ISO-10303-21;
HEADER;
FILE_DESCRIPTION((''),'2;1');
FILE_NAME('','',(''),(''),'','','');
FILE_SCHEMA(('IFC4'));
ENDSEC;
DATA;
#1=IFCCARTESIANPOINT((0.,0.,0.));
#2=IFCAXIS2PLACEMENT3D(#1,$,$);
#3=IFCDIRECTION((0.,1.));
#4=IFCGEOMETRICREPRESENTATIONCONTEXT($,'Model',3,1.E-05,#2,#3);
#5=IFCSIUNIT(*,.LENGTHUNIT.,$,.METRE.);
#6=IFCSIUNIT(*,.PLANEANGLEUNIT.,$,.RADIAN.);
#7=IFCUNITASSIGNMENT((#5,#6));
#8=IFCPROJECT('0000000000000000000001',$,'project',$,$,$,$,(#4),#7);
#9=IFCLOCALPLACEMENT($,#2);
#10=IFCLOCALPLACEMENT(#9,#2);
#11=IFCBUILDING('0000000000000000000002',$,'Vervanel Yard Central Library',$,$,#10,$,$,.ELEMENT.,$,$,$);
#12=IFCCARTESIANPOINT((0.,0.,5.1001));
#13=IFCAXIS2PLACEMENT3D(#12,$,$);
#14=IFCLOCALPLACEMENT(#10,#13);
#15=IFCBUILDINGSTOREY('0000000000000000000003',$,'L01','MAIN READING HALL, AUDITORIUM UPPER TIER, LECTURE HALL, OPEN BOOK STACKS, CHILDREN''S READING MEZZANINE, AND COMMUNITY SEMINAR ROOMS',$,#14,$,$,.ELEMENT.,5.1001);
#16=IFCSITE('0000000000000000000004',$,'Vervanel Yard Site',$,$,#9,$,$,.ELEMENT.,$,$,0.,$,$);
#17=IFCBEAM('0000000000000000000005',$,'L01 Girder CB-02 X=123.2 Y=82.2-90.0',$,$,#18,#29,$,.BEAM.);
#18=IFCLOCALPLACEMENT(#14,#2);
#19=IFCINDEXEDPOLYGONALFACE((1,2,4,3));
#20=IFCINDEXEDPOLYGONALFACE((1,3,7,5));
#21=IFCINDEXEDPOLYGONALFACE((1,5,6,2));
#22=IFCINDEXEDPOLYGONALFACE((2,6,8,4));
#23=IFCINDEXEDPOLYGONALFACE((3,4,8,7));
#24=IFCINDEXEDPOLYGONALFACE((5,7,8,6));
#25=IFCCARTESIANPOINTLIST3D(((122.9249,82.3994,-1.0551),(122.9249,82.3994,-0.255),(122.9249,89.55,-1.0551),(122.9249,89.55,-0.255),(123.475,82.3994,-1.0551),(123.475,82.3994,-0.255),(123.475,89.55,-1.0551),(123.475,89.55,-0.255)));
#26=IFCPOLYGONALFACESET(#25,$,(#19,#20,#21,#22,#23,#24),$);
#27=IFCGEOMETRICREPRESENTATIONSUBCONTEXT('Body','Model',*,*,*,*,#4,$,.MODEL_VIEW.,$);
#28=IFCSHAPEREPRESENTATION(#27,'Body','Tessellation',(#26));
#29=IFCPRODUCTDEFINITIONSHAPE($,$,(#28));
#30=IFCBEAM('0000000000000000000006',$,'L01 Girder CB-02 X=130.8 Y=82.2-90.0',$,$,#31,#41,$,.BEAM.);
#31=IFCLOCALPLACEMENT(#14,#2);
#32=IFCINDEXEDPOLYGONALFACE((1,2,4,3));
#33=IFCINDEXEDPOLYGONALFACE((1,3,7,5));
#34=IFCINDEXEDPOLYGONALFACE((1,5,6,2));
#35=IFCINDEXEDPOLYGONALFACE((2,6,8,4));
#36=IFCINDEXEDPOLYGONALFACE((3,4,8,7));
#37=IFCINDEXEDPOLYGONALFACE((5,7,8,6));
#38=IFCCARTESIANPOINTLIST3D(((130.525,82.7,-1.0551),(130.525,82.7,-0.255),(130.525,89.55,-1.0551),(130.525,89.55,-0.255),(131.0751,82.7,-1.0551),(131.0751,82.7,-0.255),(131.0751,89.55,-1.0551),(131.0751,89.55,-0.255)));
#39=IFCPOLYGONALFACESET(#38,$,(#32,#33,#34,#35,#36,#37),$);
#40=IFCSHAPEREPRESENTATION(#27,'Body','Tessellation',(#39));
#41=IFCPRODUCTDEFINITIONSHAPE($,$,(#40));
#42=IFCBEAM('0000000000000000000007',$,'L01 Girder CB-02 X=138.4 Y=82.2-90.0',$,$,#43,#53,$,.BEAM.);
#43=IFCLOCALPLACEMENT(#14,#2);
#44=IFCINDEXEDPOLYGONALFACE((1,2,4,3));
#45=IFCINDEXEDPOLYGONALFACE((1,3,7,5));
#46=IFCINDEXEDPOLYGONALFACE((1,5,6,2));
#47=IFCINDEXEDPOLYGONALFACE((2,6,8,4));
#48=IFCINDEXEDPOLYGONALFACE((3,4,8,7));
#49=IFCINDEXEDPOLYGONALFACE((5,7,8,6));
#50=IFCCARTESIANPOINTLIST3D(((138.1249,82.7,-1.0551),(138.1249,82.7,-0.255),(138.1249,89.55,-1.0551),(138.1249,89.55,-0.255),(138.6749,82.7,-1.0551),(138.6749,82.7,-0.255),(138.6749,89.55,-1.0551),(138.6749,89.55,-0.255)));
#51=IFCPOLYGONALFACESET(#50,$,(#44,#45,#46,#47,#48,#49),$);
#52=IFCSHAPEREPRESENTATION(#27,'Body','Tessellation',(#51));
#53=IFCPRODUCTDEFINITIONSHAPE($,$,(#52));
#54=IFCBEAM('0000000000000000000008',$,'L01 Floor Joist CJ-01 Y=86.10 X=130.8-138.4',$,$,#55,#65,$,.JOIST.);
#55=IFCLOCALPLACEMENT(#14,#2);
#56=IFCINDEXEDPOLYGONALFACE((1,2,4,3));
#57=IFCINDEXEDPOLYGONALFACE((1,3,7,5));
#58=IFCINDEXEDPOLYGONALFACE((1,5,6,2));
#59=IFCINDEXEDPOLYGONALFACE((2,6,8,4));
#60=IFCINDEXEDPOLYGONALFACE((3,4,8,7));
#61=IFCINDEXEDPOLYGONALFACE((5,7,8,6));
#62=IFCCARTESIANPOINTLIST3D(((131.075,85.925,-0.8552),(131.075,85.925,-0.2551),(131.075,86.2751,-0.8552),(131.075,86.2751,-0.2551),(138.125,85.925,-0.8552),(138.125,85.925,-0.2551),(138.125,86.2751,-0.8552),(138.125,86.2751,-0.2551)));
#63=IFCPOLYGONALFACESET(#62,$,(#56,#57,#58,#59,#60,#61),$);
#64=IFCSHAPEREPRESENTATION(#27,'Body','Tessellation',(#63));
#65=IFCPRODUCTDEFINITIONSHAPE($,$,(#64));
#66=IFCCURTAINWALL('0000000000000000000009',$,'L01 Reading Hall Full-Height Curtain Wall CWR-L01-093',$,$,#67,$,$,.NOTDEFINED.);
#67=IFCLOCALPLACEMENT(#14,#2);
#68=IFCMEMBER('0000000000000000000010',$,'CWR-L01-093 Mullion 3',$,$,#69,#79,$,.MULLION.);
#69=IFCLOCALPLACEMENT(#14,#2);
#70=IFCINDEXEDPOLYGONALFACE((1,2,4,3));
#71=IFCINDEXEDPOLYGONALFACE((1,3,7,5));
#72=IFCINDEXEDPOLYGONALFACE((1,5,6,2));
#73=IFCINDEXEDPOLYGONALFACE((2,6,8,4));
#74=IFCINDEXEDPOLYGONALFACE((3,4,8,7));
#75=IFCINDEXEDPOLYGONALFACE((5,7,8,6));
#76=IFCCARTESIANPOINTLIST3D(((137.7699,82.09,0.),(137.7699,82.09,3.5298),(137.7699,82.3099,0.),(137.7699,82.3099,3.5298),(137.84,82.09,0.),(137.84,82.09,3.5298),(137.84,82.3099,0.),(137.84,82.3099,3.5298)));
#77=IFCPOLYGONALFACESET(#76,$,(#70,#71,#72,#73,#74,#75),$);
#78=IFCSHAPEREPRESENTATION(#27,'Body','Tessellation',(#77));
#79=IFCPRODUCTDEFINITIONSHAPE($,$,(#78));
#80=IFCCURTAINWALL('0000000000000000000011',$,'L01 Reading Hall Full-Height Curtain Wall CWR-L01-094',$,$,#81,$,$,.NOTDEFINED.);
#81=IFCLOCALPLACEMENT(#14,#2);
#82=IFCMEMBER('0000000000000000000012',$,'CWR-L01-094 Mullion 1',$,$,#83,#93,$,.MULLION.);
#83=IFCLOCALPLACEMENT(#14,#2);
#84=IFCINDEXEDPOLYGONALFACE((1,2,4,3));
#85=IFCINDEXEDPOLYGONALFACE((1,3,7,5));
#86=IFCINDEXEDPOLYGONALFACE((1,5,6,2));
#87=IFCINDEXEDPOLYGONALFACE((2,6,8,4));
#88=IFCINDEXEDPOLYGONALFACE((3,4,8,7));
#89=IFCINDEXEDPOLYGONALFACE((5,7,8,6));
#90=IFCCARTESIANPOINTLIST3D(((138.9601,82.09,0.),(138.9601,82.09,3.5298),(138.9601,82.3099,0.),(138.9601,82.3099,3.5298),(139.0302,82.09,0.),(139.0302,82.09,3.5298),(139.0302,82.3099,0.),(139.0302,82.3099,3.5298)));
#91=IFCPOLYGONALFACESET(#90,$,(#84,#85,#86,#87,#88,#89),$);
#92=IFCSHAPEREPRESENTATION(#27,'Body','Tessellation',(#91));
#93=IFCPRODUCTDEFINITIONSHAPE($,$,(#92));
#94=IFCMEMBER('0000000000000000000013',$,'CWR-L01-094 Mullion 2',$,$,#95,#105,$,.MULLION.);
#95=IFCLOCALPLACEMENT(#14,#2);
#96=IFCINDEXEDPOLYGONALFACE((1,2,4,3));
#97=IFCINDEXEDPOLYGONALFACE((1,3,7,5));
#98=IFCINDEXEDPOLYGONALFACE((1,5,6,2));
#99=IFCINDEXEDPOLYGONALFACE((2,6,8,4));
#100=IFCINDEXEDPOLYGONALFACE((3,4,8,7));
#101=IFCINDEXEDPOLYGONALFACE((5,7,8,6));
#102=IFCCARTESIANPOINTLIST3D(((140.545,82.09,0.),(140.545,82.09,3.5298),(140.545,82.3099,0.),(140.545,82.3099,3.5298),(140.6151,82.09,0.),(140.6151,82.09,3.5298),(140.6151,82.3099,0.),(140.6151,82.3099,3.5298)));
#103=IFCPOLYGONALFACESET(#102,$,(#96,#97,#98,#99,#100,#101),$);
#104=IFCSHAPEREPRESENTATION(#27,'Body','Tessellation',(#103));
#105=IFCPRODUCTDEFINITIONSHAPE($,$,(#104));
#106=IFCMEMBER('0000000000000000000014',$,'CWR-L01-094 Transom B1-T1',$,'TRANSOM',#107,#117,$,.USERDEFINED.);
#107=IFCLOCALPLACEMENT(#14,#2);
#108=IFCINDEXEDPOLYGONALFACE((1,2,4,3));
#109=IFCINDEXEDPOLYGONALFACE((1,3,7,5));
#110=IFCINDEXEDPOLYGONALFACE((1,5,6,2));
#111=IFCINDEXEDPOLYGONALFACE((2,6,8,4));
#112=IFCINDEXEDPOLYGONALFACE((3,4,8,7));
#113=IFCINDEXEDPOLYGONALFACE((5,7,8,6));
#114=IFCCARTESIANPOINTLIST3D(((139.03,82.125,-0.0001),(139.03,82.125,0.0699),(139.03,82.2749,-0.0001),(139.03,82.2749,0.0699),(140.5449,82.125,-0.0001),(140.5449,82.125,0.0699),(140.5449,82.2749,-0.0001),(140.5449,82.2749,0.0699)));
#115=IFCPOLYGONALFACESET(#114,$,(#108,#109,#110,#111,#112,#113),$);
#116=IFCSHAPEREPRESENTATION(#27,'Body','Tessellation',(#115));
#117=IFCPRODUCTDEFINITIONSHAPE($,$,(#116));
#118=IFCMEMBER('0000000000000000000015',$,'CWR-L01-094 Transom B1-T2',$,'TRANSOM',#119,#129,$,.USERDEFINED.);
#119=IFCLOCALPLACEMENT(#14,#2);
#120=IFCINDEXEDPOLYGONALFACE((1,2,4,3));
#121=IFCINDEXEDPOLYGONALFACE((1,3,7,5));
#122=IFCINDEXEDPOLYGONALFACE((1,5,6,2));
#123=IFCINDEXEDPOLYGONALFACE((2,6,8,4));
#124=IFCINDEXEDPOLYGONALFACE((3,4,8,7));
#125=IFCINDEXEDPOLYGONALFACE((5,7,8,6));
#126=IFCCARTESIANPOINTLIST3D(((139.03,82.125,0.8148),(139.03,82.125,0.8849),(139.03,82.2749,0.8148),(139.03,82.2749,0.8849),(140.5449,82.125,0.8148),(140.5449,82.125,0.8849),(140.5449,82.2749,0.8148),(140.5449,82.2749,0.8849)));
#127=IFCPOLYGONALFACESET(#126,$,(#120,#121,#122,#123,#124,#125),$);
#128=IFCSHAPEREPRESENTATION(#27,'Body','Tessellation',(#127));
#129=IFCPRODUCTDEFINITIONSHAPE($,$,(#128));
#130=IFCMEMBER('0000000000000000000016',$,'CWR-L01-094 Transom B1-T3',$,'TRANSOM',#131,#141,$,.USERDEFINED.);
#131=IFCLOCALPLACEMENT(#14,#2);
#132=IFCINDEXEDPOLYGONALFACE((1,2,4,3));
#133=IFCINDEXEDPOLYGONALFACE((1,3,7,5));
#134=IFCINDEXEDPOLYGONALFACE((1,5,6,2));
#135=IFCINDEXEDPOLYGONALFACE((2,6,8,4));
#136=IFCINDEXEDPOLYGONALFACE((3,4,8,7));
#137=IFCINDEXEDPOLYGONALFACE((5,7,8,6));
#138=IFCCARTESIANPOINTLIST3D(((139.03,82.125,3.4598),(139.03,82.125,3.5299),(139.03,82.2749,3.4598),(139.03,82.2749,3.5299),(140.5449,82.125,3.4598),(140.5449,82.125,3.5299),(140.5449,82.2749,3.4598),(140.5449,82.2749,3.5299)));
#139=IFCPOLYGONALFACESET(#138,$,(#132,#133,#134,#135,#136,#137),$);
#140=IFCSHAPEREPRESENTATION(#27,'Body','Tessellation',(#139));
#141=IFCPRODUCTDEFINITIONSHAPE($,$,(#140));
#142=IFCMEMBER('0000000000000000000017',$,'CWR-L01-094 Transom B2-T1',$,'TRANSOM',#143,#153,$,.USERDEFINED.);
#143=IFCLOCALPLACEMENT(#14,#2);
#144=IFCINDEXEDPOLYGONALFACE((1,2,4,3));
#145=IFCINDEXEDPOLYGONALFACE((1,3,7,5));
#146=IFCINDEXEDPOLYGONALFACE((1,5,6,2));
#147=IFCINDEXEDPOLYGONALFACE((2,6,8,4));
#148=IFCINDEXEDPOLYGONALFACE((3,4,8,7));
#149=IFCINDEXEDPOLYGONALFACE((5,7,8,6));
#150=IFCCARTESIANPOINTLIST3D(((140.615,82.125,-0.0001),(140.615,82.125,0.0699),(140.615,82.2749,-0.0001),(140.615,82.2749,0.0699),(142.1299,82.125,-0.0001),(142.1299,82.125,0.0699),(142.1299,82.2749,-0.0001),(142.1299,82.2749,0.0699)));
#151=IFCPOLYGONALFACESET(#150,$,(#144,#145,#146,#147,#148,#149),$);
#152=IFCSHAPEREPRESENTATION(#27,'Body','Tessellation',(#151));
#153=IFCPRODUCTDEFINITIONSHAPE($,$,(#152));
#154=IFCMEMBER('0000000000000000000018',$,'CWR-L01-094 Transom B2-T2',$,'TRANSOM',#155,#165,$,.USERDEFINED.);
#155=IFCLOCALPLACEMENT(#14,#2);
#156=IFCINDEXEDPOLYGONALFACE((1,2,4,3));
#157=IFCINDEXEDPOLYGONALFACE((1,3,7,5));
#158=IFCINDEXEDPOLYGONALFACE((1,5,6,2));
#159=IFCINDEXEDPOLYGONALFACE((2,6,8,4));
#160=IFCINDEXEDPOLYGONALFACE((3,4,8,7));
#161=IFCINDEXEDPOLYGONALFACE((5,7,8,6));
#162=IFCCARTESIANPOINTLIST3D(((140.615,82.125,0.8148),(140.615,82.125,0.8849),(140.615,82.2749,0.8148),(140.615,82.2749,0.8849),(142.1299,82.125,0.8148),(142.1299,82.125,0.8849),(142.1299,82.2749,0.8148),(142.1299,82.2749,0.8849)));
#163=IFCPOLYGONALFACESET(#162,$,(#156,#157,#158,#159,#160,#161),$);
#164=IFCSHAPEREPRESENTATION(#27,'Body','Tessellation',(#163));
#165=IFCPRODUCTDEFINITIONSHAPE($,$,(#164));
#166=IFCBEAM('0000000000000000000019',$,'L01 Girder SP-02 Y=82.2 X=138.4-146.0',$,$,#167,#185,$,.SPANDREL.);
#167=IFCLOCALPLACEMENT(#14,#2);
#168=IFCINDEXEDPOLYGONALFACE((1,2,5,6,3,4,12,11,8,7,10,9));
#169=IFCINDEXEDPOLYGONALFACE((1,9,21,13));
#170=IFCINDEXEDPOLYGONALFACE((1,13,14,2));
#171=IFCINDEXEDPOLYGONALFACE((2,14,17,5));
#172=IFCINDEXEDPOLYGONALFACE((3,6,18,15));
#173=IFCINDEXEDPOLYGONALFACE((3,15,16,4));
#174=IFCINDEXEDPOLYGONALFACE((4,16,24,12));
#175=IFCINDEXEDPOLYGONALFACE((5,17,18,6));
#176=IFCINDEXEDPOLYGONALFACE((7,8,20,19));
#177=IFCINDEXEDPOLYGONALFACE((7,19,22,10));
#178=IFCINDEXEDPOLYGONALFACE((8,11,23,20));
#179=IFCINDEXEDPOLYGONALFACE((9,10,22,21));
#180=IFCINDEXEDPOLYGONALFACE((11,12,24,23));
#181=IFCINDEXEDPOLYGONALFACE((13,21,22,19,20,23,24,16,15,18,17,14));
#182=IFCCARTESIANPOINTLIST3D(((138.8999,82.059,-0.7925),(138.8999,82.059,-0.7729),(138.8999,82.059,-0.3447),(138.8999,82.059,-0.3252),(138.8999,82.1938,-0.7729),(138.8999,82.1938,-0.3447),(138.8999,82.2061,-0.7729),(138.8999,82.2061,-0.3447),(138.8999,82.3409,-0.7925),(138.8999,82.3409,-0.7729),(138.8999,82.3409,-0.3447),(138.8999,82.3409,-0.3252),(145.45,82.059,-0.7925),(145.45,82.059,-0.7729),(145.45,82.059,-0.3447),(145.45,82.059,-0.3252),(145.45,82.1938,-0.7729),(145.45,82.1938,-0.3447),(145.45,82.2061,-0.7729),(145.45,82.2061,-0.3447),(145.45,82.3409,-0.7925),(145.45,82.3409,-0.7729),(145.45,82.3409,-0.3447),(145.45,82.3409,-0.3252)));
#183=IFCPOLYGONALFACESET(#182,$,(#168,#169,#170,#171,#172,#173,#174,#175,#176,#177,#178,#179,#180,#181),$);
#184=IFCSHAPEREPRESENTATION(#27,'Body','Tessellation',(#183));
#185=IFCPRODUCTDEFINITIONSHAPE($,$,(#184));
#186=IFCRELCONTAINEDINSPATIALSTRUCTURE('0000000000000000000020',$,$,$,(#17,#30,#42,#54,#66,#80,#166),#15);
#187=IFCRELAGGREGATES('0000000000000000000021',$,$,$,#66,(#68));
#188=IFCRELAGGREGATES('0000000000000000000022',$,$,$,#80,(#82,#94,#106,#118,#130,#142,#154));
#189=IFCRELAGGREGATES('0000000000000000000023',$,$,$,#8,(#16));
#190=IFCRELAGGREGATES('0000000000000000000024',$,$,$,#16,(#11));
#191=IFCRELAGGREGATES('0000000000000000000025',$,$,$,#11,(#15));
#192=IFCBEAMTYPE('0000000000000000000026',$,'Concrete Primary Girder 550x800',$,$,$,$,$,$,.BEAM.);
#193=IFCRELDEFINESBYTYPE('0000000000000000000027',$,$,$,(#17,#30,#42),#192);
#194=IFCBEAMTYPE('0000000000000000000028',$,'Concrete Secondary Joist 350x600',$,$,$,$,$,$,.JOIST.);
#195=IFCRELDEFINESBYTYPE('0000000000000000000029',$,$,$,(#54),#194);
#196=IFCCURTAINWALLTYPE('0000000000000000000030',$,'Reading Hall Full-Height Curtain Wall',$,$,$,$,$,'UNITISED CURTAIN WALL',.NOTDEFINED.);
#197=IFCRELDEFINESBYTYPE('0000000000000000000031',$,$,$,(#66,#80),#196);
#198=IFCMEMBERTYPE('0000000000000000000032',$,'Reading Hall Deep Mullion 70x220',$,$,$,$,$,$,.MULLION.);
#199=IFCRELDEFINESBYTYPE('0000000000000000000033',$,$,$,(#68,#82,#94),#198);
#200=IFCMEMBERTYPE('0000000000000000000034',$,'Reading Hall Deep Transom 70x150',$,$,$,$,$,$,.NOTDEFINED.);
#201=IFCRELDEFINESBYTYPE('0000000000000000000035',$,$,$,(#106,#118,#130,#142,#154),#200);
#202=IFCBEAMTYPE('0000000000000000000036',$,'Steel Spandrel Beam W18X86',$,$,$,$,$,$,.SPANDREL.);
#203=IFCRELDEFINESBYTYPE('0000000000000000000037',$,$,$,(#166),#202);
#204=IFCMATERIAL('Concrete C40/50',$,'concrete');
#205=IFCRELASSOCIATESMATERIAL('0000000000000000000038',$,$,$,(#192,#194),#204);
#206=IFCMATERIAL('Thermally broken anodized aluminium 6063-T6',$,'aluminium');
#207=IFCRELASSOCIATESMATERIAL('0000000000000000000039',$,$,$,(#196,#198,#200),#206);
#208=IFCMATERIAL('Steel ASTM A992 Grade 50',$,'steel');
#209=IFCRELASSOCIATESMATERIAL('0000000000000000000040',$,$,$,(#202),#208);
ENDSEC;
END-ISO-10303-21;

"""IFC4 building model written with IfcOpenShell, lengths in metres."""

from ifc_helpers import new_model, si_unit, direction, frame, origin, origin_2d, place, context, subcontext, project, spatial, rectangle, i_section, extrude, material, material_profile, profile_set, type_object, element, aggregate, save


model = new_model("IFC4")

# Units and contexts
model_context = context("Model", 3, precision=1e-05, world=origin(), true_north=direction((0.0, 1.0)))
body_context = subcontext(model_context, "Body", "Model", "MODEL_VIEW")
ifc_project = project(units=[si_unit("LENGTHUNIT", "METRE"), si_unit("PLANEANGLEUNIT", "RADIAN")], contexts=[model_context])

# Site, building, storey
site_placement = place(None, origin())
site = spatial("IfcSite", under=ifc_project, at=site_placement, Name="Vervanel Yard Site", CompositionType="ELEMENT", RefElevation=0.0)
building_placement = place(site_placement, origin())
building = spatial("IfcBuilding", under=site, at=building_placement, Name="Vervanel Yard Central Library", CompositionType="ELEMENT")
storey_placement = place(building_placement, frame((0.0, 0.0, 5.1001)))
storey = spatial("IfcBuildingStorey", under=building, at=storey_placement, Name="L01", Description="MAIN READING HALL, AUDITORIUM UPPER TIER, LECTURE HALL, OPEN BOOK STACKS, CHILDREN'S READING MEZZANINE, AND COMMUNITY SEMINAR ROOMS", CompositionType="ELEMENT", Elevation=5.1001)

# Beams
ifc_material_1 = material(Name="Concrete C40/50", Category="concrete")
ifc_material_profile_1 = material_profile(ifc_material_1, rectangle(XDim=0.55, YDim=0.8, at=origin_2d()), Name="RC 550x800", Category="concrete")
ifc_profile_set_1 = profile_set([ifc_material_profile_1], Name="Concrete C40/50")
beam_type_1 = type_object("IfcBeamType", Name="Concrete Primary Girder 550x800", PredefinedType="BEAM", material=ifc_profile_set_1)
beam_1_placement = place(storey_placement, frame((123.2, 82.3994, -0.655), z_axis=(0.0, 1.0, 0.0), x_axis=(-1.0, 0.0, 0.0)))
element("IfcBeam", 1, at=beam_1_placement, inside=storey, type_object=beam_type_1, Name="L01 Girder CB-02 X=123.2 Y=82.2-90.0", PredefinedType="BEAM", context=body_context, shape_type="SweptSolid", body=[
    extrude(rectangle(XDim=0.55, YDim=0.8, at=origin_2d()), origin(), (0.0, 0.0, 1.0), 7.1506),
])
for number, where, z_axis, x_axis, name in (
    (2, (130.8, 82.7, -0.655), (0.0, 1.0, 0.0), (-1.0, 0.0, 0.0), "L01 Girder CB-02 X=130.8 Y=82.2-90.0"),
    (3, (138.3999, 82.7, -0.655), (0.0, 1.0, 0.0), (-1.0, 0.0, 0.0), "L01 Girder CB-02 X=138.4 Y=82.2-90.0"),
):
    element("IfcBeam", number, at=place(storey_placement, frame(where, z_axis=z_axis, x_axis=x_axis)), inside=storey, type_object=beam_type_1, Name=name, PredefinedType="BEAM", context=body_context, shape_type="SweptSolid", body=[
        extrude(rectangle(XDim=0.55, YDim=0.8, at=origin_2d()), origin(), (0.0, 0.0, 1.0), 6.8501),
    ])
ifc_material_profile_2 = material_profile(ifc_material_1, rectangle(XDim=0.3501, YDim=0.6001, at=origin_2d()), Name="RC 350x600", Category="concrete")
ifc_profile_set_2 = profile_set([ifc_material_profile_2], Name="Concrete C40/50")
beam_type_2 = type_object("IfcBeamType", Name="Concrete Secondary Joist 350x600", PredefinedType="JOIST", material=ifc_profile_set_2)
beam_2_placement = place(storey_placement, frame((131.075, 86.1001, -0.5552), z_axis=(1.0, 0.0, 0.0), x_axis=(0.0, 1.0, 0.0)))
element("IfcBeam", 4, at=beam_2_placement, inside=storey, type_object=beam_type_2, Name="L01 Floor Joist CJ-01 Y=86.10 X=130.8-138.4", PredefinedType="JOIST", context=body_context, shape_type="SweptSolid", body=[
    extrude(rectangle(XDim=0.3501, YDim=0.6001, at=origin_2d()), origin(), (0.0, 0.0, 1.0), 7.05),
])

# Curtain wall, member
ifc_material_2 = material(Name="Thermally broken anodized aluminium 6063-T6", Category="aluminium")
curtain_wall_type = type_object("IfcCurtainWallType", Name="Reading Hall Full-Height Curtain Wall", ElementType="UNITISED CURTAIN WALL", PredefinedType="NOTDEFINED", material=ifc_material_2)
curtain_wall_1_placement = place(storey_placement, origin())
curtain_wall_1 = element("IfcCurtainWall", 5, at=curtain_wall_1_placement, inside=storey, type_object=curtain_wall_type, Name="L01 Reading Hall Full-Height Curtain Wall CWR-L01-093", PredefinedType="NOTDEFINED")
ifc_material_profile_3 = material_profile(ifc_material_2, rectangle(XDim=0.0701, YDim=0.22, at=origin_2d()), Name="ALU 70x220", Category="aluminium")
ifc_profile_set_3 = profile_set([ifc_material_profile_3], Name="Thermally broken anodized aluminium 6063-T6")
member_type_1 = type_object("IfcMemberType", Name="Reading Hall Deep Mullion 70x220", PredefinedType="MULLION", material=ifc_profile_set_3)
member_1_placement = place(storey_placement, frame((137.8049, 82.2, 0.0), z_axis=(0.0, 0.0, 1.0), x_axis=(1.0, 0.0, 0.0)))
member_1 = element("IfcMember", 6, at=member_1_placement, type_object=member_type_1, Name="CWR-L01-093 Mullion 3", PredefinedType="MULLION", context=body_context, shape_type="SweptSolid", body=[
    extrude(rectangle(XDim=0.0701, YDim=0.22, at=origin_2d()), origin(), (0.0, 0.0, 1.0), 3.5298),
])

# Curtain wall, members
curtain_wall_2_placement = place(storey_placement, origin())
curtain_wall_2 = element("IfcCurtainWall", 7, at=curtain_wall_2_placement, inside=storey, type_object=curtain_wall_type, Name="L01 Reading Hall Full-Height Curtain Wall CWR-L01-094", PredefinedType="NOTDEFINED")
member_2_placement = place(storey_placement, frame((138.9951, 82.2, 0.0), z_axis=(0.0, 0.0, 1.0), x_axis=(1.0, 0.0, 0.0)))
member_2 = element("IfcMember", 8, at=member_2_placement, type_object=member_type_1, Name="CWR-L01-094 Mullion 1", PredefinedType="MULLION", context=body_context, shape_type="SweptSolid", body=[
    extrude(rectangle(XDim=0.0701, YDim=0.22, at=origin_2d()), origin(), (0.0, 0.0, 1.0), 3.5298),
])
member_3_placement = place(storey_placement, frame((140.5801, 82.2, 0.0), z_axis=(0.0, 0.0, 1.0), x_axis=(1.0, 0.0, 0.0)))
member_3 = element("IfcMember", 9, at=member_3_placement, type_object=member_type_1, Name="CWR-L01-094 Mullion 2", PredefinedType="MULLION", context=body_context, shape_type="SweptSolid", body=[
    extrude(rectangle(XDim=0.0701, YDim=0.22, at=origin_2d()), origin(), (0.0, 0.0, 1.0), 3.5298),
])
ifc_material_profile_4 = material_profile(ifc_material_2, rectangle(XDim=0.0701, YDim=0.1499, at=origin_2d()), Name="ALU 70x150", Category="aluminium")
ifc_profile_set_4 = profile_set([ifc_material_profile_4], Name="Thermally broken anodized aluminium 6063-T6")
member_type_2 = type_object("IfcMemberType", Name="Reading Hall Deep Transom 70x150", PredefinedType="NOTDEFINED", material=ifc_profile_set_4)
member_4_placement = place(storey_placement, frame((139.03, 82.2, 0.0349), z_axis=(1.0, 0.0, 0.0), x_axis=(0.0, 0.0, 1.0)))
member_4 = element("IfcMember", 10, at=member_4_placement, type_object=member_type_2, Name="CWR-L01-094 Transom B1-T1", ObjectType="TRANSOM", PredefinedType="USERDEFINED", context=body_context, shape_type="SweptSolid", body=[
    extrude(rectangle(XDim=0.0701, YDim=0.1499, at=origin_2d()), origin(), (0.0, 0.0, 1.0), 1.5149),
])
member_5_placement = place(storey_placement, frame((139.03, 82.2, 0.8499), z_axis=(1.0, 0.0, 0.0), x_axis=(0.0, 0.0, 1.0)))
member_5 = element("IfcMember", 11, at=member_5_placement, type_object=member_type_2, Name="CWR-L01-094 Transom B1-T2", ObjectType="TRANSOM", PredefinedType="USERDEFINED", context=body_context, shape_type="SweptSolid", body=[
    extrude(rectangle(XDim=0.0701, YDim=0.1499, at=origin_2d()), origin(), (0.0, 0.0, 1.0), 1.5149),
])
member_6_placement = place(storey_placement, frame((139.03, 82.2, 3.4949), z_axis=(1.0, 0.0, 0.0), x_axis=(0.0, 0.0, 1.0)))
member_6 = element("IfcMember", 12, at=member_6_placement, type_object=member_type_2, Name="CWR-L01-094 Transom B1-T3", ObjectType="TRANSOM", PredefinedType="USERDEFINED", context=body_context, shape_type="SweptSolid", body=[
    extrude(rectangle(XDim=0.0701, YDim=0.1499, at=origin_2d()), origin(), (0.0, 0.0, 1.0), 1.5149),
])
member_7_placement = place(storey_placement, frame((140.615, 82.2, 0.0349), z_axis=(1.0, 0.0, 0.0), x_axis=(0.0, 0.0, 1.0)))
member_7 = element("IfcMember", 13, at=member_7_placement, type_object=member_type_2, Name="CWR-L01-094 Transom B2-T1", ObjectType="TRANSOM", PredefinedType="USERDEFINED", context=body_context, shape_type="SweptSolid", body=[
    extrude(rectangle(XDim=0.0701, YDim=0.1499, at=origin_2d()), origin(), (0.0, 0.0, 1.0), 1.5149),
])
member_8_placement = place(storey_placement, frame((140.615, 82.2, 0.8499), z_axis=(1.0, 0.0, 0.0), x_axis=(0.0, 0.0, 1.0)))
member_8 = element("IfcMember", 14, at=member_8_placement, type_object=member_type_2, Name="CWR-L01-094 Transom B2-T2", ObjectType="TRANSOM", PredefinedType="USERDEFINED", context=body_context, shape_type="SweptSolid", body=[
    extrude(rectangle(XDim=0.0701, YDim=0.1499, at=origin_2d()), origin(), (0.0, 0.0, 1.0), 1.5149),
])

# Beam
ifc_material_3 = material(Name="Steel ASTM A992 Grade 50", Category="steel")
ifc_material_profile_5 = material_profile(ifc_material_3, i_section(OverallWidth=0.282, OverallDepth=0.4673, WebThickness=0.0122, FlangeThickness=0.0195, at=origin_2d()), Name="W18X86", Category="steel")
ifc_profile_set_5 = profile_set([ifc_material_profile_5], Name="Steel ASTM A992 Grade 50")
beam_type_3 = type_object("IfcBeamType", Name="Steel Spandrel Beam W18X86", PredefinedType="SPANDREL", material=ifc_profile_set_5)
beam_3_placement = place(storey_placement, frame((138.8999, 82.2, -0.5588), z_axis=(1.0, 0.0, 0.0), x_axis=(0.0, 1.0, 0.0)))
element("IfcBeam", 15, at=beam_3_placement, inside=storey, type_object=beam_type_3, Name="L01 Girder SP-02 Y=82.2 X=138.4-146.0", PredefinedType="SPANDREL", context=body_context, shape_type="SweptSolid", body=[
    extrude(i_section(OverallWidth=0.282, OverallDepth=0.4673, WebThickness=0.0122, FlangeThickness=0.0195, at=origin_2d()), origin(), (0.0, 0.0, 1.0), 6.55),
])

aggregate(curtain_wall_1, [member_1])
aggregate(curtain_wall_2, [member_2, member_3, member_4, member_5, member_6, member_7, member_8])

save(model, "model.ifc")
